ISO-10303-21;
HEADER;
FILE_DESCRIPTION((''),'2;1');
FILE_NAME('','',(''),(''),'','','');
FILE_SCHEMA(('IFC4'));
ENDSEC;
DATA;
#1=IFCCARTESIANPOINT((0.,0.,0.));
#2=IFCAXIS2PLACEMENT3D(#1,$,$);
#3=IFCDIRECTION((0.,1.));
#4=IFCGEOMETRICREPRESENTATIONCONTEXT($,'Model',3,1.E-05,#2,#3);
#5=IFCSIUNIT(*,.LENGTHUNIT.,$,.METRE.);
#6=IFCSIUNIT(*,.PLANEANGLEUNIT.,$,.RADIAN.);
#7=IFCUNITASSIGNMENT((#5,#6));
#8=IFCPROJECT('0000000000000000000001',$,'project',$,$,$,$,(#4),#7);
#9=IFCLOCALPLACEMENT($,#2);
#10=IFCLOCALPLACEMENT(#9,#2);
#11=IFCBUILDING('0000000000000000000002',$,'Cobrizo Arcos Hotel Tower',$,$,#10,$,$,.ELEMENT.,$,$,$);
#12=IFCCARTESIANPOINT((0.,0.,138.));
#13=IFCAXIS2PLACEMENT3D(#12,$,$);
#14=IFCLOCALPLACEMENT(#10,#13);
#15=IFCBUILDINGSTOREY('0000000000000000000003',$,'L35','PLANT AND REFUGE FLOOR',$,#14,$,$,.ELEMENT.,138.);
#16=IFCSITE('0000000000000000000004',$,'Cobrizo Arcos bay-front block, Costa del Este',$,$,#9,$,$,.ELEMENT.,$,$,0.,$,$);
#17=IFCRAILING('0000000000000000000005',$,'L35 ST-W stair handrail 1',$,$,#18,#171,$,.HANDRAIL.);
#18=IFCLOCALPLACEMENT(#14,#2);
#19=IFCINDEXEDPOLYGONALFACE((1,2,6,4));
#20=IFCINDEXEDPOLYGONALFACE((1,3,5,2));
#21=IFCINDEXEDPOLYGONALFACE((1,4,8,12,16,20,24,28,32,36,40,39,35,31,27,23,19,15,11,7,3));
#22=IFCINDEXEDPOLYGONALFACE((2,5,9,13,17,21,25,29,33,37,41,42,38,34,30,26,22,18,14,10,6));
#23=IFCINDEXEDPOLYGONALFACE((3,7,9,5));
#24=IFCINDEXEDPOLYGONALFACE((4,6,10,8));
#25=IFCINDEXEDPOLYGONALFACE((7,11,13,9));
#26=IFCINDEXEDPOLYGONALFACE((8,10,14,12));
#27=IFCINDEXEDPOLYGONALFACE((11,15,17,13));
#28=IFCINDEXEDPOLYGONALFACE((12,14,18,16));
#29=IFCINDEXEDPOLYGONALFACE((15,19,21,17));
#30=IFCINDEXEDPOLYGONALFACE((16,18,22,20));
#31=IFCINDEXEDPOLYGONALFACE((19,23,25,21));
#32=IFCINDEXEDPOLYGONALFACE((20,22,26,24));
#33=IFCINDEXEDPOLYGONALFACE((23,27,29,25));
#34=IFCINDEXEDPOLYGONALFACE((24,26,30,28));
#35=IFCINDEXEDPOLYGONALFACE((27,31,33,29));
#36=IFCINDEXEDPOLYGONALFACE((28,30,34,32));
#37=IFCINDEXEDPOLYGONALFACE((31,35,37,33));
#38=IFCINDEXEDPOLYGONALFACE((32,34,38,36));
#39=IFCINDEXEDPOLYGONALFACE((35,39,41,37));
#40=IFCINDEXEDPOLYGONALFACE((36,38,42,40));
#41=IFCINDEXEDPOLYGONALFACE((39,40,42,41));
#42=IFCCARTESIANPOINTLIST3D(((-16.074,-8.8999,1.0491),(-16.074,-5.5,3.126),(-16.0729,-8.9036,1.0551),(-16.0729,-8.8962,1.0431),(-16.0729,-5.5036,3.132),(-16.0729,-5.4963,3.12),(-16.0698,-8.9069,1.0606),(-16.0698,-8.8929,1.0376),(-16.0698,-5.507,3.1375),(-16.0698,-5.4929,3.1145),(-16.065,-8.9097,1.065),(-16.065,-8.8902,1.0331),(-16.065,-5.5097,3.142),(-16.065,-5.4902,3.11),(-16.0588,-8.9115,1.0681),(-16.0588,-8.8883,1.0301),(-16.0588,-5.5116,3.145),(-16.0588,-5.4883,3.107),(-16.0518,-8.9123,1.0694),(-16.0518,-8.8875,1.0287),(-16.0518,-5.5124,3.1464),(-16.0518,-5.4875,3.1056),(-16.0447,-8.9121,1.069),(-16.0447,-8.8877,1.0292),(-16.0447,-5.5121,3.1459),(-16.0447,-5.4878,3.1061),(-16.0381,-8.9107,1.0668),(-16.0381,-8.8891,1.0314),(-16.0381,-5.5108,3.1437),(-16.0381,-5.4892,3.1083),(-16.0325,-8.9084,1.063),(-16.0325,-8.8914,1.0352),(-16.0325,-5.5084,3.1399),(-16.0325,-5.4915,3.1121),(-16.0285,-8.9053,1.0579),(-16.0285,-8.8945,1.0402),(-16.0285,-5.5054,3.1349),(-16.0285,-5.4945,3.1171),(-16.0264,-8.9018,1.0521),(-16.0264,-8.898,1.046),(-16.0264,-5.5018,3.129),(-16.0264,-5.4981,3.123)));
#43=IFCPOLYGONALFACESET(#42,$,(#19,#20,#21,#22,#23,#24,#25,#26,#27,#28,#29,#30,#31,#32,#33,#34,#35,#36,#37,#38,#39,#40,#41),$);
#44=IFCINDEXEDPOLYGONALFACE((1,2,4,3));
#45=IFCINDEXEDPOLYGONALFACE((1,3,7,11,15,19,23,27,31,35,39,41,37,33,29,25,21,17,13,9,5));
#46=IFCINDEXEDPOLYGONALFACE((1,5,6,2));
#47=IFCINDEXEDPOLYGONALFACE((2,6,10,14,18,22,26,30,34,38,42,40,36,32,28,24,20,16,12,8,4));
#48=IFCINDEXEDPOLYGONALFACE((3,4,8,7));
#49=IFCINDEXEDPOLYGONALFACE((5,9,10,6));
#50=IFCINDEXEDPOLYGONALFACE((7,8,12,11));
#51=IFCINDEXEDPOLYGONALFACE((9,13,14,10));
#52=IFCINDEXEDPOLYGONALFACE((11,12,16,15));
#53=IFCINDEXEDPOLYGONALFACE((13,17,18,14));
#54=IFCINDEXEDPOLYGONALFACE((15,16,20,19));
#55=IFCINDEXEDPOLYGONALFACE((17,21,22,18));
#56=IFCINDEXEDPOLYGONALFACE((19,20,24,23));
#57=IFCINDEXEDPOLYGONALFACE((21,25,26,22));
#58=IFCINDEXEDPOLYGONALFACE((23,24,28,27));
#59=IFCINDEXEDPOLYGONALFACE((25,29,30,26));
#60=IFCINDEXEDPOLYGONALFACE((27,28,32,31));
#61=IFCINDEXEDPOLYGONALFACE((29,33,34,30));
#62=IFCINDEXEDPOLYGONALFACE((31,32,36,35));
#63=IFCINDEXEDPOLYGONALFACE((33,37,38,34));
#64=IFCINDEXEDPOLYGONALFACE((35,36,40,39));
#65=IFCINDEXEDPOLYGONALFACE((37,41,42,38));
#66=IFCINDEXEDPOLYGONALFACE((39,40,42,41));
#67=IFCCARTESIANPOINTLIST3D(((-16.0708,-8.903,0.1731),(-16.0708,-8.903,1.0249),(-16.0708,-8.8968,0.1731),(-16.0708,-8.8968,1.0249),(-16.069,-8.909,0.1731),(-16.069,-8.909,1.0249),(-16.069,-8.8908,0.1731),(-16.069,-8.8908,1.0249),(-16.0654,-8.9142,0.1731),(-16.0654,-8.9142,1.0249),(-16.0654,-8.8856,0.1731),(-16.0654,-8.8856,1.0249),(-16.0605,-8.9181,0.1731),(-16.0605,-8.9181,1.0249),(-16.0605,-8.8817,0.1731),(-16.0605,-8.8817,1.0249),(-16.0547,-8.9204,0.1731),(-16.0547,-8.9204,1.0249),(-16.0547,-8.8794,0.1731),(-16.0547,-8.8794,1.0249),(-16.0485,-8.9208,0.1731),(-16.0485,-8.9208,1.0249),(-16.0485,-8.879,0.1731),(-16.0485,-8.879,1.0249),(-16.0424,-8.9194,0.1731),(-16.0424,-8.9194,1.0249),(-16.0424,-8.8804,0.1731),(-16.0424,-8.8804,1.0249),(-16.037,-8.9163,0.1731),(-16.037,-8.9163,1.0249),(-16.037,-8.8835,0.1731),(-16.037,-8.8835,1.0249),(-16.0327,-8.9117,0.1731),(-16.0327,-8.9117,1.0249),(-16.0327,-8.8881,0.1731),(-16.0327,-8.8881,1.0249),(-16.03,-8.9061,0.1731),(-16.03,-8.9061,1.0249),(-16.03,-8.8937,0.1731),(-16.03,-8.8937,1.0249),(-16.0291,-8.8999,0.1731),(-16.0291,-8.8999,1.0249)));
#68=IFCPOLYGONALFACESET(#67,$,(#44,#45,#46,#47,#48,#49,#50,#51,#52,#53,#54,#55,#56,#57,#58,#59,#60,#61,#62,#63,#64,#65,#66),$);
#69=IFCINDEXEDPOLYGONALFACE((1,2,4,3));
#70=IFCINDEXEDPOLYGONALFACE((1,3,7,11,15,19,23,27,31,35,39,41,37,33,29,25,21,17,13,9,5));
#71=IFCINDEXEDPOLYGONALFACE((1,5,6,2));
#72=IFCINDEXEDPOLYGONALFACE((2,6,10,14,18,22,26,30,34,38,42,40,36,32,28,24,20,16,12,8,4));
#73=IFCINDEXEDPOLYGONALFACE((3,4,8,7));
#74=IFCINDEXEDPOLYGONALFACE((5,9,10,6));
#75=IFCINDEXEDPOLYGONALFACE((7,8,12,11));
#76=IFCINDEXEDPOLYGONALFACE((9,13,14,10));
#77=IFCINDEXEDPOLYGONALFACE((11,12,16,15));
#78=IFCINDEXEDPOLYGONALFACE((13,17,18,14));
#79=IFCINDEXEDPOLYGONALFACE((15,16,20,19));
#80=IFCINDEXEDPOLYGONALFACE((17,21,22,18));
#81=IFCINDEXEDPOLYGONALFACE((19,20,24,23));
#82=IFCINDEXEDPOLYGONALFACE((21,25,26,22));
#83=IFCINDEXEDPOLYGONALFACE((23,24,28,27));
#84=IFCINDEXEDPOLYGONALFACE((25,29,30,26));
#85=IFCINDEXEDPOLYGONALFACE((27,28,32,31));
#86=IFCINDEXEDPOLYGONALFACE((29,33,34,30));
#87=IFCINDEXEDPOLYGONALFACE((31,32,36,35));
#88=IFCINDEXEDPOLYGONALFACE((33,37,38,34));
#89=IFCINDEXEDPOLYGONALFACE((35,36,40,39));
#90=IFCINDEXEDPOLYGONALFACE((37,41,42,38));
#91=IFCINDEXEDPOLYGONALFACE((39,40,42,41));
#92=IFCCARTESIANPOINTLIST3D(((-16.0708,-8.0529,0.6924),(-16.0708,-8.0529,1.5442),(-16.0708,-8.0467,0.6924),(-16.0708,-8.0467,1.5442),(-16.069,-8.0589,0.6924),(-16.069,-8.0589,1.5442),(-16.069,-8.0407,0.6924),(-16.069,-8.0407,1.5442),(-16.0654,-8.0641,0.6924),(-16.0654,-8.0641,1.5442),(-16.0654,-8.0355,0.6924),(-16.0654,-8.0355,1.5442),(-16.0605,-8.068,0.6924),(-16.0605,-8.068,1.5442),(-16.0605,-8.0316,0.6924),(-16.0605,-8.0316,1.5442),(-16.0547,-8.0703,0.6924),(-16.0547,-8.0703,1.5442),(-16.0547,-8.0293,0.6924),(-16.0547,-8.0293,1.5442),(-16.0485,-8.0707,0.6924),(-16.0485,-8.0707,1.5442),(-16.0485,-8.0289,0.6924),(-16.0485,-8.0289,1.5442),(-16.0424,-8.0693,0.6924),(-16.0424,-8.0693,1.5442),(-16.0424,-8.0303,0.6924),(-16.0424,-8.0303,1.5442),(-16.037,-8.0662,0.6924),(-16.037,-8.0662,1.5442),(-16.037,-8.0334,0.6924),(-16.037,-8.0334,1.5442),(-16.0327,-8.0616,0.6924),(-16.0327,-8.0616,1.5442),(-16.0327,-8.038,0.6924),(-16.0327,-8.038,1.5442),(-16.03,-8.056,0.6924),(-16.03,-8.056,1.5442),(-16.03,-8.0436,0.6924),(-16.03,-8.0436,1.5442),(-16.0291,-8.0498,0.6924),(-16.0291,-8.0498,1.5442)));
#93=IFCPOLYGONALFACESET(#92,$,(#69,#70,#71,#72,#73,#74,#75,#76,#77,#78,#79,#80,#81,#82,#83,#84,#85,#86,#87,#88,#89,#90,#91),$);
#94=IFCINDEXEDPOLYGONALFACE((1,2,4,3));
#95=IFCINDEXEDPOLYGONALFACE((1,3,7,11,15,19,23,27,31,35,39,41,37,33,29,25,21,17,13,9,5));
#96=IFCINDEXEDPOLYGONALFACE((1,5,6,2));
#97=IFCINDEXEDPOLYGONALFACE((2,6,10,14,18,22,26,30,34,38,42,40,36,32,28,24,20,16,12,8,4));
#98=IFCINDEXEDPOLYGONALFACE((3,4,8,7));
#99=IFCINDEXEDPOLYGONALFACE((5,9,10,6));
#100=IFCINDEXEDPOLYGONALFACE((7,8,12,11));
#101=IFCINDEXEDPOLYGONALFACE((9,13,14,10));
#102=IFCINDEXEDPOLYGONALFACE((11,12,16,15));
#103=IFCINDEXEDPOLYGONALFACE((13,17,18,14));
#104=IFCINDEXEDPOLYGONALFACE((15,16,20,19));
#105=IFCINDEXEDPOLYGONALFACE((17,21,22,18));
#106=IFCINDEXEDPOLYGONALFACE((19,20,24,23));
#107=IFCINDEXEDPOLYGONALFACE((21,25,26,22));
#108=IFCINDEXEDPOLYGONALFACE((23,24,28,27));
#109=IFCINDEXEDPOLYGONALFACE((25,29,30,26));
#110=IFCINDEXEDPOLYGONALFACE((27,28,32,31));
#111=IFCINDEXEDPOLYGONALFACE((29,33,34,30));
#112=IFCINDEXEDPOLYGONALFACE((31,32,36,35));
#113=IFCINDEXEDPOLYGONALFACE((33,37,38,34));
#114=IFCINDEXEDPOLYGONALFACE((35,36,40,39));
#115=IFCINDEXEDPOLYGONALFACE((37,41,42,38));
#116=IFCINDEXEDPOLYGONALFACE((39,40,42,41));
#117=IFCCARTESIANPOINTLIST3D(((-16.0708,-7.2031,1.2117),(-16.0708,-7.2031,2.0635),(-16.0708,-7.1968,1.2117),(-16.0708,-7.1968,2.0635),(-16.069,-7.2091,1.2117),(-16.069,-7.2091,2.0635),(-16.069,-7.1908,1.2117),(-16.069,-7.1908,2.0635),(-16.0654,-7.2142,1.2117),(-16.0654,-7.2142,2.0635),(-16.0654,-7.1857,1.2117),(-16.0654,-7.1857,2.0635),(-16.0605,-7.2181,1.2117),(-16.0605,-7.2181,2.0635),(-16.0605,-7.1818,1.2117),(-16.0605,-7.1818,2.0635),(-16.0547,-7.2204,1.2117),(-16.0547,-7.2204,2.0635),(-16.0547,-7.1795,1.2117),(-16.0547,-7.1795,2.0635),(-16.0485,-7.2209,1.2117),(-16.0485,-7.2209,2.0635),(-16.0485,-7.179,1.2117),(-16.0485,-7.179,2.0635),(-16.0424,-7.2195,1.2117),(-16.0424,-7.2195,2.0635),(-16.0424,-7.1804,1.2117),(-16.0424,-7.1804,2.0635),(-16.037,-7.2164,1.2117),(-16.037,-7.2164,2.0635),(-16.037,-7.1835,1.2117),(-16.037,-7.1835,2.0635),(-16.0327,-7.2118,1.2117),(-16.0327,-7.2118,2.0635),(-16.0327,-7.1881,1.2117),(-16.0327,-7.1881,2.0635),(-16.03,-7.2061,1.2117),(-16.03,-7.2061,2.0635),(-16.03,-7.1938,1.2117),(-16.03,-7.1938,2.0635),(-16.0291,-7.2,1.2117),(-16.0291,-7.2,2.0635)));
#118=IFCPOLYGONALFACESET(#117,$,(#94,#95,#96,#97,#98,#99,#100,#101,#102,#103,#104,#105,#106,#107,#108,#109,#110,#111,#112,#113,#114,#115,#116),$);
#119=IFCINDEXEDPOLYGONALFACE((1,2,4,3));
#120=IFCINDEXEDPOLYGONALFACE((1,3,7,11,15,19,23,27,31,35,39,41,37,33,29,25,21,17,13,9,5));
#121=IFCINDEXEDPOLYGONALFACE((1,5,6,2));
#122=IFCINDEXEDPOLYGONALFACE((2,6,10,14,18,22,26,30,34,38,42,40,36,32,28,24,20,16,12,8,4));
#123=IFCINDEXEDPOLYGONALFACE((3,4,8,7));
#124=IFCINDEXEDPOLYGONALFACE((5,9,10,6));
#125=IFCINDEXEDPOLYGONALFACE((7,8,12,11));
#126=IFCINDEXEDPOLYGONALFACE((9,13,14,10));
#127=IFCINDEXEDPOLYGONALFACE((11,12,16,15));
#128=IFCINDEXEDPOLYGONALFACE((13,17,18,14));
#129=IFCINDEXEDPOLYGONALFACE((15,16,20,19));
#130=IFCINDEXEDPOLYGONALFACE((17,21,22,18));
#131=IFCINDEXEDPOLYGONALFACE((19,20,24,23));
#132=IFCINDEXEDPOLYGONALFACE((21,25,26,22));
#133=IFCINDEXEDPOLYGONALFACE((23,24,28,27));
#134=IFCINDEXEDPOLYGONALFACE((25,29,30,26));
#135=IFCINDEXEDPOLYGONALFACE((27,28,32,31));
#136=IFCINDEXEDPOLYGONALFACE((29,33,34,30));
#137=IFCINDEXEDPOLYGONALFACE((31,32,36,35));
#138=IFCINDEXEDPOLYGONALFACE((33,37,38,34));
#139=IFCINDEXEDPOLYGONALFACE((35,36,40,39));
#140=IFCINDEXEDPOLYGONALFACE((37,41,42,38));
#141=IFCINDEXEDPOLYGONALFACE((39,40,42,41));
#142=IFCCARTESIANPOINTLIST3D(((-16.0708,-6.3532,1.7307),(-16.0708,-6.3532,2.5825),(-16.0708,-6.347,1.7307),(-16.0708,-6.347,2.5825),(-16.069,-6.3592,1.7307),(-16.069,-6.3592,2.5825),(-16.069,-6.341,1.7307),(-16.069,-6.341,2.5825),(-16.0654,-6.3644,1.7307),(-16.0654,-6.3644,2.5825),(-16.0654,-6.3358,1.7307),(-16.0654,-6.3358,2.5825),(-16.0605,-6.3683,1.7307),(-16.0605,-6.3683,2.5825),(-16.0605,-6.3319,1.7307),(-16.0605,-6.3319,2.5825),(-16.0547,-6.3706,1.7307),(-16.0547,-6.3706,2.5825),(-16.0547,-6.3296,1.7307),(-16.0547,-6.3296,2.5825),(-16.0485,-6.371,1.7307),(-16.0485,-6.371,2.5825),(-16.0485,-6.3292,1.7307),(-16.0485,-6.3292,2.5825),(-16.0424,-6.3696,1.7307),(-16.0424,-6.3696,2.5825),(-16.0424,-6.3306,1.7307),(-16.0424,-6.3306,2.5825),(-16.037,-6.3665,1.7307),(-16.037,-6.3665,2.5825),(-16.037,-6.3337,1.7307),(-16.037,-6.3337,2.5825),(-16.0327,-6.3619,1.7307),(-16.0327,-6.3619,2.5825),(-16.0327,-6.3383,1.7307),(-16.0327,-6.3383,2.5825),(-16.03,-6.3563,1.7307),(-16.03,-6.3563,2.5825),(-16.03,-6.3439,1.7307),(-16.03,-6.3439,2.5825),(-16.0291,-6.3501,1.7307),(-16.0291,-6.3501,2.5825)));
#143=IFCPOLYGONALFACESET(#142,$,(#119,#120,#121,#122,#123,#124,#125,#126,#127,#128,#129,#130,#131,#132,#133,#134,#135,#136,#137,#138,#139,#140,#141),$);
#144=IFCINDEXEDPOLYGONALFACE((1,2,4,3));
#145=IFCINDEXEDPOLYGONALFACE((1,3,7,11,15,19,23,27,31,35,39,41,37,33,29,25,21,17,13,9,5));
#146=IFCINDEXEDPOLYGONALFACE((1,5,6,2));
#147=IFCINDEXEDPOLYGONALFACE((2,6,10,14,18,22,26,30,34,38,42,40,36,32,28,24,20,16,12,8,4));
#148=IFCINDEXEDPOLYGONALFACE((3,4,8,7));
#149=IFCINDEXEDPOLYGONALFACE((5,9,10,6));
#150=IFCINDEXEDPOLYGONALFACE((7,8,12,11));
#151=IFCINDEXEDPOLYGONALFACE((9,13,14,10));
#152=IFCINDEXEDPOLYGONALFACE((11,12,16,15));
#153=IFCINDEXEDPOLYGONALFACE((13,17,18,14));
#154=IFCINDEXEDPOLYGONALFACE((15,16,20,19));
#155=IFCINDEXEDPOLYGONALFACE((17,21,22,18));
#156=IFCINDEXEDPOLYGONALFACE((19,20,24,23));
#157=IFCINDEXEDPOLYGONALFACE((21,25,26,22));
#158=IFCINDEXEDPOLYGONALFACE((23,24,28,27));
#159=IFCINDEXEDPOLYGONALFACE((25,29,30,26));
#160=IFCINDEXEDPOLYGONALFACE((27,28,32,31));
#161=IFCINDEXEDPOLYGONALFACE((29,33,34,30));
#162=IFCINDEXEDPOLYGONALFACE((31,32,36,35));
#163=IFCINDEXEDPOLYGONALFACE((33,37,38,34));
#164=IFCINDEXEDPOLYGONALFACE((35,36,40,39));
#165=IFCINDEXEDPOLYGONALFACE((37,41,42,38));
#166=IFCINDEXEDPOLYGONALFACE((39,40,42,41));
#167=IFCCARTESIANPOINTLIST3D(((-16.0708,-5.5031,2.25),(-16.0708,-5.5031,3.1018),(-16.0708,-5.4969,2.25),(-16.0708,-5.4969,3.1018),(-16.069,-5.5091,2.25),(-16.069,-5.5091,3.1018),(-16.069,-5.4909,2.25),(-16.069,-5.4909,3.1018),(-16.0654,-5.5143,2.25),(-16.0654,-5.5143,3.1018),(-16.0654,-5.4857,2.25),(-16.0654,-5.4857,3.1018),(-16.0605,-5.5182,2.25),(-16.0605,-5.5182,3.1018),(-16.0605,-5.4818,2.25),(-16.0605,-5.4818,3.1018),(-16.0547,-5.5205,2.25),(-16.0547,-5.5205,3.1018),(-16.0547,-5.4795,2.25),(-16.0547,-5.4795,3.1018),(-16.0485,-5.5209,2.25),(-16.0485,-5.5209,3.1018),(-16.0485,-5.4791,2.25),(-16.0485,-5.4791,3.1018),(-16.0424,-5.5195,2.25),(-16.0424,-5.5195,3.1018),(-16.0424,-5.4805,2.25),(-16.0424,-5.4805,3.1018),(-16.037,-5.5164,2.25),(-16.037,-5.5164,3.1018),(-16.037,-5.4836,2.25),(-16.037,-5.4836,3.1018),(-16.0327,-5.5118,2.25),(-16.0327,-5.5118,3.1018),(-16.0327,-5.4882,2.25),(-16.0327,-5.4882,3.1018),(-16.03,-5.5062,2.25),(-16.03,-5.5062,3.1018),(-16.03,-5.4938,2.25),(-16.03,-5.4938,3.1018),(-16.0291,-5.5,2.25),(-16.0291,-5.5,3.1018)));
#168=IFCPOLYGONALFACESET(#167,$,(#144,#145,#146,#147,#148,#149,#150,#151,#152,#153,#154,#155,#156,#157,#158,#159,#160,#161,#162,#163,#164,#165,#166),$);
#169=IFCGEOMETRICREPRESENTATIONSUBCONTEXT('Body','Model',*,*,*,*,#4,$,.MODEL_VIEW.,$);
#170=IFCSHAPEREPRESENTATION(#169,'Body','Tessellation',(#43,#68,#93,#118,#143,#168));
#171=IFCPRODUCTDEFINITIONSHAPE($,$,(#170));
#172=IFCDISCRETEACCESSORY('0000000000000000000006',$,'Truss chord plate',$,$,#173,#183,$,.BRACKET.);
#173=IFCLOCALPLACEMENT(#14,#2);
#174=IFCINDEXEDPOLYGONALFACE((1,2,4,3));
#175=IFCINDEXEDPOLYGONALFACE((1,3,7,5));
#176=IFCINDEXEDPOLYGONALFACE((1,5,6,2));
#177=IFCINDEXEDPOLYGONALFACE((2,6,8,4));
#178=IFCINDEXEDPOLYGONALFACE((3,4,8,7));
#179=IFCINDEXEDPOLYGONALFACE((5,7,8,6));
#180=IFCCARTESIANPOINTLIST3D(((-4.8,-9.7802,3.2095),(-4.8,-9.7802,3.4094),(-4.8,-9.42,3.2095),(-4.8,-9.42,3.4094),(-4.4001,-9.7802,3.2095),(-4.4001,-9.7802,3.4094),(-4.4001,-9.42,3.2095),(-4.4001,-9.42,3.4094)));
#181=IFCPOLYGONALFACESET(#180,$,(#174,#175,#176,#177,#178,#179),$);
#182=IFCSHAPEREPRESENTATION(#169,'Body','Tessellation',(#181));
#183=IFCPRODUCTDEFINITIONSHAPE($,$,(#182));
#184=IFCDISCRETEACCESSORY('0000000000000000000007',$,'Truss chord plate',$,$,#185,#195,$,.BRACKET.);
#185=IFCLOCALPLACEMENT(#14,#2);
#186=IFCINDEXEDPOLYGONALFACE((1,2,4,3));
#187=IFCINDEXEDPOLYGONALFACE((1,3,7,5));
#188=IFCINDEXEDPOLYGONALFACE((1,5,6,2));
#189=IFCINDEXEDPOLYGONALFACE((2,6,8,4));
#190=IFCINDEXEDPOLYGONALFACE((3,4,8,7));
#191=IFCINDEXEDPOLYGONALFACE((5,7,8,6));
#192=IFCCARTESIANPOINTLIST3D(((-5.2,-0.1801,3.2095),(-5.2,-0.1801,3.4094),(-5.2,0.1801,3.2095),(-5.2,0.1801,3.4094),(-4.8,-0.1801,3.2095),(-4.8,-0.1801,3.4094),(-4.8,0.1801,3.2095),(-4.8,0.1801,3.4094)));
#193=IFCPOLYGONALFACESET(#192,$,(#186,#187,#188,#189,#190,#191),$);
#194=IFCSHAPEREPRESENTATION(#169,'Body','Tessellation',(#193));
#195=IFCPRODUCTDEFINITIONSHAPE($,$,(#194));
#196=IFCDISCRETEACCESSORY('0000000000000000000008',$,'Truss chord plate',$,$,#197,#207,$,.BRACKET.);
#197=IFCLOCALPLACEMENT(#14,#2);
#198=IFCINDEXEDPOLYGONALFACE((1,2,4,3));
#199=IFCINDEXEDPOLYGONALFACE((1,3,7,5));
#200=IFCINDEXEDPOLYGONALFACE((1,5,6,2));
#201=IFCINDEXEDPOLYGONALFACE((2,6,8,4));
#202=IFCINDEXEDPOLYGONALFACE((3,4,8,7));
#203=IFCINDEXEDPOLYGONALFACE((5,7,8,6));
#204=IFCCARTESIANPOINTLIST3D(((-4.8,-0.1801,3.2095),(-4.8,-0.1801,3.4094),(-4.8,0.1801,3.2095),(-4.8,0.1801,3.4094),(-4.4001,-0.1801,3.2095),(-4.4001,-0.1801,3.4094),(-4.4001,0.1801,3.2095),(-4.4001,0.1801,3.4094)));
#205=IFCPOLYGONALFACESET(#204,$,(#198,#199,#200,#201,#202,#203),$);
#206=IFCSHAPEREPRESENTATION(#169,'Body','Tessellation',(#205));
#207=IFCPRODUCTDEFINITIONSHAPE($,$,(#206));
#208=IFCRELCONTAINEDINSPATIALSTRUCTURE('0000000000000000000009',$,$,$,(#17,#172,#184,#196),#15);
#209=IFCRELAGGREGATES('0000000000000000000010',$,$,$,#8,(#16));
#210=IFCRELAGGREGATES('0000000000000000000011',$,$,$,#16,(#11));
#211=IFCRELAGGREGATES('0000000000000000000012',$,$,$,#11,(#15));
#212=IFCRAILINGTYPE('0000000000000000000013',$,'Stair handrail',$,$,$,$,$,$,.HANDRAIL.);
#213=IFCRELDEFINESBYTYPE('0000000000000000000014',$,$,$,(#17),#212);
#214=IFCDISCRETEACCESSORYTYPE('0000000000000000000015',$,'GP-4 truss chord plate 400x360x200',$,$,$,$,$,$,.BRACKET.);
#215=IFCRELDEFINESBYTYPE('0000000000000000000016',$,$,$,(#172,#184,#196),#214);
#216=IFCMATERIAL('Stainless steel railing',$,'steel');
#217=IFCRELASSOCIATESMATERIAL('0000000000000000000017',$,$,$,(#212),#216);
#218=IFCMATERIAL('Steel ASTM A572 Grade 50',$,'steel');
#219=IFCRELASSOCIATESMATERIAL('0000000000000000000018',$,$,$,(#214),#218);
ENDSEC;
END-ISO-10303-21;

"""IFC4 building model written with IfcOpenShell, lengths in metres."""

from ifc_helpers import new_model, si_unit, direction, frame, origin, origin_2d, place, context, subcontext, project, spatial, rectangle, circle, extrude, material, type_object, element, save


model = new_model("IFC4")

# Units and contexts
model_context = context("Model", 3, precision=1e-05, world=origin(), true_north=direction((0.0, 1.0)))
body_context = subcontext(model_context, "Body", "Model", "MODEL_VIEW")
ifc_project = project(units=[si_unit("LENGTHUNIT", "METRE"), si_unit("PLANEANGLEUNIT", "RADIAN")], contexts=[model_context])

# Site, building, storey
site_placement = place(None, origin())
site = spatial("IfcSite", under=ifc_project, at=site_placement, Name="Cobrizo Arcos bay-front block, Costa del Este", CompositionType="ELEMENT", RefElevation=0.0)
building_placement = place(site_placement, origin())
building = spatial("IfcBuilding", under=site, at=building_placement, Name="Cobrizo Arcos Hotel Tower", CompositionType="ELEMENT")
storey_placement = place(building_placement, frame((0.0, 0.0, 138.0)))
storey = spatial("IfcBuildingStorey", under=building, at=storey_placement, Name="L35", Description="PLANT AND REFUGE FLOOR", CompositionType="ELEMENT", Elevation=138.0)

# Railing
ifc_material_1 = material(Name="Stainless steel railing", Category="steel")
railing_type_1 = type_object("IfcRailingType", Name="Stair handrail", PredefinedType="HANDRAIL", material=ifc_material_1)
railing_1_placement = place(storey_placement, frame((-16.05, -8.8999, 0.1731)))
element("IfcRailing", 1, at=railing_1_placement, inside=storey, type_object=railing_type_1, Name="L35 ST-W stair handrail 1", PredefinedType="HANDRAIL", context=body_context, shape_type="SweptSolid", body=[
    extrude(circle(Radius=0.0239, at=origin_2d()), frame((0.0, 0.0, 0.876), z_axis=(0.0, 0.853373, 0.521301), x_axis=(-1.0, 0.0, 0.0)), (0.0, 0.0, 1.0), 3.9841),
    extrude(circle(Radius=0.021, at=origin_2d()), origin(), (0.0, 0.0, 1.0), 0.8518),
    extrude(circle(Radius=0.021, at=origin_2d()), frame((0.0, 0.8501, 0.5193)), (0.0, 0.0, 1.0), 0.8518),
    extrude(circle(Radius=0.021, at=origin_2d()), frame((0.0, 1.7, 1.0386)), (0.0, 0.0, 1.0), 0.8518),
    extrude(circle(Radius=0.021, at=origin_2d()), frame((0.0, 2.5498, 1.5576)), (0.0, 0.0, 1.0), 0.8518),
    extrude(circle(Radius=0.021, at=origin_2d()), frame((0.0, 3.3999, 2.0769)), (0.0, 0.0, 1.0), 0.8518),
])

# Discrete accessories
ifc_material_2 = material(Name="Steel ASTM A572 Grade 50", Category="steel")
discrete_accessory_type = type_object("IfcDiscreteAccessoryType", Name="GP-4 truss chord plate 400x360x200", PredefinedType="BRACKET", material=ifc_material_2)
for number, where, z_axis, x_axis, name in (
    (2, (-4.6001, -9.6001, 3.2095), (0.0, 0.0, 1.0), (1.0, 0.0, 0.0), "Truss chord plate"),
    (3, (-5.0, 0.0, 3.2095), (0.0, 0.0, 1.0), (1.0, 0.0, 0.0), "Truss chord plate"),
    (4, (-4.6001, 0.0, 3.2095), (0.0, 0.0, 1.0), (1.0, 0.0, 0.0), "Truss chord plate"),
):
    element("IfcDiscreteAccessory", number, at=place(storey_placement, frame(where, z_axis=z_axis, x_axis=x_axis)), inside=storey, type_object=discrete_accessory_type, Name=name, PredefinedType="BRACKET", context=body_context, shape_type="SweptSolid", body=[
        extrude(rectangle(XDim=0.3999, YDim=0.3601, at=origin_2d()), origin(), (0.0, 0.0, 1.0), 0.2),
    ])

save(model, "model.ifc")
